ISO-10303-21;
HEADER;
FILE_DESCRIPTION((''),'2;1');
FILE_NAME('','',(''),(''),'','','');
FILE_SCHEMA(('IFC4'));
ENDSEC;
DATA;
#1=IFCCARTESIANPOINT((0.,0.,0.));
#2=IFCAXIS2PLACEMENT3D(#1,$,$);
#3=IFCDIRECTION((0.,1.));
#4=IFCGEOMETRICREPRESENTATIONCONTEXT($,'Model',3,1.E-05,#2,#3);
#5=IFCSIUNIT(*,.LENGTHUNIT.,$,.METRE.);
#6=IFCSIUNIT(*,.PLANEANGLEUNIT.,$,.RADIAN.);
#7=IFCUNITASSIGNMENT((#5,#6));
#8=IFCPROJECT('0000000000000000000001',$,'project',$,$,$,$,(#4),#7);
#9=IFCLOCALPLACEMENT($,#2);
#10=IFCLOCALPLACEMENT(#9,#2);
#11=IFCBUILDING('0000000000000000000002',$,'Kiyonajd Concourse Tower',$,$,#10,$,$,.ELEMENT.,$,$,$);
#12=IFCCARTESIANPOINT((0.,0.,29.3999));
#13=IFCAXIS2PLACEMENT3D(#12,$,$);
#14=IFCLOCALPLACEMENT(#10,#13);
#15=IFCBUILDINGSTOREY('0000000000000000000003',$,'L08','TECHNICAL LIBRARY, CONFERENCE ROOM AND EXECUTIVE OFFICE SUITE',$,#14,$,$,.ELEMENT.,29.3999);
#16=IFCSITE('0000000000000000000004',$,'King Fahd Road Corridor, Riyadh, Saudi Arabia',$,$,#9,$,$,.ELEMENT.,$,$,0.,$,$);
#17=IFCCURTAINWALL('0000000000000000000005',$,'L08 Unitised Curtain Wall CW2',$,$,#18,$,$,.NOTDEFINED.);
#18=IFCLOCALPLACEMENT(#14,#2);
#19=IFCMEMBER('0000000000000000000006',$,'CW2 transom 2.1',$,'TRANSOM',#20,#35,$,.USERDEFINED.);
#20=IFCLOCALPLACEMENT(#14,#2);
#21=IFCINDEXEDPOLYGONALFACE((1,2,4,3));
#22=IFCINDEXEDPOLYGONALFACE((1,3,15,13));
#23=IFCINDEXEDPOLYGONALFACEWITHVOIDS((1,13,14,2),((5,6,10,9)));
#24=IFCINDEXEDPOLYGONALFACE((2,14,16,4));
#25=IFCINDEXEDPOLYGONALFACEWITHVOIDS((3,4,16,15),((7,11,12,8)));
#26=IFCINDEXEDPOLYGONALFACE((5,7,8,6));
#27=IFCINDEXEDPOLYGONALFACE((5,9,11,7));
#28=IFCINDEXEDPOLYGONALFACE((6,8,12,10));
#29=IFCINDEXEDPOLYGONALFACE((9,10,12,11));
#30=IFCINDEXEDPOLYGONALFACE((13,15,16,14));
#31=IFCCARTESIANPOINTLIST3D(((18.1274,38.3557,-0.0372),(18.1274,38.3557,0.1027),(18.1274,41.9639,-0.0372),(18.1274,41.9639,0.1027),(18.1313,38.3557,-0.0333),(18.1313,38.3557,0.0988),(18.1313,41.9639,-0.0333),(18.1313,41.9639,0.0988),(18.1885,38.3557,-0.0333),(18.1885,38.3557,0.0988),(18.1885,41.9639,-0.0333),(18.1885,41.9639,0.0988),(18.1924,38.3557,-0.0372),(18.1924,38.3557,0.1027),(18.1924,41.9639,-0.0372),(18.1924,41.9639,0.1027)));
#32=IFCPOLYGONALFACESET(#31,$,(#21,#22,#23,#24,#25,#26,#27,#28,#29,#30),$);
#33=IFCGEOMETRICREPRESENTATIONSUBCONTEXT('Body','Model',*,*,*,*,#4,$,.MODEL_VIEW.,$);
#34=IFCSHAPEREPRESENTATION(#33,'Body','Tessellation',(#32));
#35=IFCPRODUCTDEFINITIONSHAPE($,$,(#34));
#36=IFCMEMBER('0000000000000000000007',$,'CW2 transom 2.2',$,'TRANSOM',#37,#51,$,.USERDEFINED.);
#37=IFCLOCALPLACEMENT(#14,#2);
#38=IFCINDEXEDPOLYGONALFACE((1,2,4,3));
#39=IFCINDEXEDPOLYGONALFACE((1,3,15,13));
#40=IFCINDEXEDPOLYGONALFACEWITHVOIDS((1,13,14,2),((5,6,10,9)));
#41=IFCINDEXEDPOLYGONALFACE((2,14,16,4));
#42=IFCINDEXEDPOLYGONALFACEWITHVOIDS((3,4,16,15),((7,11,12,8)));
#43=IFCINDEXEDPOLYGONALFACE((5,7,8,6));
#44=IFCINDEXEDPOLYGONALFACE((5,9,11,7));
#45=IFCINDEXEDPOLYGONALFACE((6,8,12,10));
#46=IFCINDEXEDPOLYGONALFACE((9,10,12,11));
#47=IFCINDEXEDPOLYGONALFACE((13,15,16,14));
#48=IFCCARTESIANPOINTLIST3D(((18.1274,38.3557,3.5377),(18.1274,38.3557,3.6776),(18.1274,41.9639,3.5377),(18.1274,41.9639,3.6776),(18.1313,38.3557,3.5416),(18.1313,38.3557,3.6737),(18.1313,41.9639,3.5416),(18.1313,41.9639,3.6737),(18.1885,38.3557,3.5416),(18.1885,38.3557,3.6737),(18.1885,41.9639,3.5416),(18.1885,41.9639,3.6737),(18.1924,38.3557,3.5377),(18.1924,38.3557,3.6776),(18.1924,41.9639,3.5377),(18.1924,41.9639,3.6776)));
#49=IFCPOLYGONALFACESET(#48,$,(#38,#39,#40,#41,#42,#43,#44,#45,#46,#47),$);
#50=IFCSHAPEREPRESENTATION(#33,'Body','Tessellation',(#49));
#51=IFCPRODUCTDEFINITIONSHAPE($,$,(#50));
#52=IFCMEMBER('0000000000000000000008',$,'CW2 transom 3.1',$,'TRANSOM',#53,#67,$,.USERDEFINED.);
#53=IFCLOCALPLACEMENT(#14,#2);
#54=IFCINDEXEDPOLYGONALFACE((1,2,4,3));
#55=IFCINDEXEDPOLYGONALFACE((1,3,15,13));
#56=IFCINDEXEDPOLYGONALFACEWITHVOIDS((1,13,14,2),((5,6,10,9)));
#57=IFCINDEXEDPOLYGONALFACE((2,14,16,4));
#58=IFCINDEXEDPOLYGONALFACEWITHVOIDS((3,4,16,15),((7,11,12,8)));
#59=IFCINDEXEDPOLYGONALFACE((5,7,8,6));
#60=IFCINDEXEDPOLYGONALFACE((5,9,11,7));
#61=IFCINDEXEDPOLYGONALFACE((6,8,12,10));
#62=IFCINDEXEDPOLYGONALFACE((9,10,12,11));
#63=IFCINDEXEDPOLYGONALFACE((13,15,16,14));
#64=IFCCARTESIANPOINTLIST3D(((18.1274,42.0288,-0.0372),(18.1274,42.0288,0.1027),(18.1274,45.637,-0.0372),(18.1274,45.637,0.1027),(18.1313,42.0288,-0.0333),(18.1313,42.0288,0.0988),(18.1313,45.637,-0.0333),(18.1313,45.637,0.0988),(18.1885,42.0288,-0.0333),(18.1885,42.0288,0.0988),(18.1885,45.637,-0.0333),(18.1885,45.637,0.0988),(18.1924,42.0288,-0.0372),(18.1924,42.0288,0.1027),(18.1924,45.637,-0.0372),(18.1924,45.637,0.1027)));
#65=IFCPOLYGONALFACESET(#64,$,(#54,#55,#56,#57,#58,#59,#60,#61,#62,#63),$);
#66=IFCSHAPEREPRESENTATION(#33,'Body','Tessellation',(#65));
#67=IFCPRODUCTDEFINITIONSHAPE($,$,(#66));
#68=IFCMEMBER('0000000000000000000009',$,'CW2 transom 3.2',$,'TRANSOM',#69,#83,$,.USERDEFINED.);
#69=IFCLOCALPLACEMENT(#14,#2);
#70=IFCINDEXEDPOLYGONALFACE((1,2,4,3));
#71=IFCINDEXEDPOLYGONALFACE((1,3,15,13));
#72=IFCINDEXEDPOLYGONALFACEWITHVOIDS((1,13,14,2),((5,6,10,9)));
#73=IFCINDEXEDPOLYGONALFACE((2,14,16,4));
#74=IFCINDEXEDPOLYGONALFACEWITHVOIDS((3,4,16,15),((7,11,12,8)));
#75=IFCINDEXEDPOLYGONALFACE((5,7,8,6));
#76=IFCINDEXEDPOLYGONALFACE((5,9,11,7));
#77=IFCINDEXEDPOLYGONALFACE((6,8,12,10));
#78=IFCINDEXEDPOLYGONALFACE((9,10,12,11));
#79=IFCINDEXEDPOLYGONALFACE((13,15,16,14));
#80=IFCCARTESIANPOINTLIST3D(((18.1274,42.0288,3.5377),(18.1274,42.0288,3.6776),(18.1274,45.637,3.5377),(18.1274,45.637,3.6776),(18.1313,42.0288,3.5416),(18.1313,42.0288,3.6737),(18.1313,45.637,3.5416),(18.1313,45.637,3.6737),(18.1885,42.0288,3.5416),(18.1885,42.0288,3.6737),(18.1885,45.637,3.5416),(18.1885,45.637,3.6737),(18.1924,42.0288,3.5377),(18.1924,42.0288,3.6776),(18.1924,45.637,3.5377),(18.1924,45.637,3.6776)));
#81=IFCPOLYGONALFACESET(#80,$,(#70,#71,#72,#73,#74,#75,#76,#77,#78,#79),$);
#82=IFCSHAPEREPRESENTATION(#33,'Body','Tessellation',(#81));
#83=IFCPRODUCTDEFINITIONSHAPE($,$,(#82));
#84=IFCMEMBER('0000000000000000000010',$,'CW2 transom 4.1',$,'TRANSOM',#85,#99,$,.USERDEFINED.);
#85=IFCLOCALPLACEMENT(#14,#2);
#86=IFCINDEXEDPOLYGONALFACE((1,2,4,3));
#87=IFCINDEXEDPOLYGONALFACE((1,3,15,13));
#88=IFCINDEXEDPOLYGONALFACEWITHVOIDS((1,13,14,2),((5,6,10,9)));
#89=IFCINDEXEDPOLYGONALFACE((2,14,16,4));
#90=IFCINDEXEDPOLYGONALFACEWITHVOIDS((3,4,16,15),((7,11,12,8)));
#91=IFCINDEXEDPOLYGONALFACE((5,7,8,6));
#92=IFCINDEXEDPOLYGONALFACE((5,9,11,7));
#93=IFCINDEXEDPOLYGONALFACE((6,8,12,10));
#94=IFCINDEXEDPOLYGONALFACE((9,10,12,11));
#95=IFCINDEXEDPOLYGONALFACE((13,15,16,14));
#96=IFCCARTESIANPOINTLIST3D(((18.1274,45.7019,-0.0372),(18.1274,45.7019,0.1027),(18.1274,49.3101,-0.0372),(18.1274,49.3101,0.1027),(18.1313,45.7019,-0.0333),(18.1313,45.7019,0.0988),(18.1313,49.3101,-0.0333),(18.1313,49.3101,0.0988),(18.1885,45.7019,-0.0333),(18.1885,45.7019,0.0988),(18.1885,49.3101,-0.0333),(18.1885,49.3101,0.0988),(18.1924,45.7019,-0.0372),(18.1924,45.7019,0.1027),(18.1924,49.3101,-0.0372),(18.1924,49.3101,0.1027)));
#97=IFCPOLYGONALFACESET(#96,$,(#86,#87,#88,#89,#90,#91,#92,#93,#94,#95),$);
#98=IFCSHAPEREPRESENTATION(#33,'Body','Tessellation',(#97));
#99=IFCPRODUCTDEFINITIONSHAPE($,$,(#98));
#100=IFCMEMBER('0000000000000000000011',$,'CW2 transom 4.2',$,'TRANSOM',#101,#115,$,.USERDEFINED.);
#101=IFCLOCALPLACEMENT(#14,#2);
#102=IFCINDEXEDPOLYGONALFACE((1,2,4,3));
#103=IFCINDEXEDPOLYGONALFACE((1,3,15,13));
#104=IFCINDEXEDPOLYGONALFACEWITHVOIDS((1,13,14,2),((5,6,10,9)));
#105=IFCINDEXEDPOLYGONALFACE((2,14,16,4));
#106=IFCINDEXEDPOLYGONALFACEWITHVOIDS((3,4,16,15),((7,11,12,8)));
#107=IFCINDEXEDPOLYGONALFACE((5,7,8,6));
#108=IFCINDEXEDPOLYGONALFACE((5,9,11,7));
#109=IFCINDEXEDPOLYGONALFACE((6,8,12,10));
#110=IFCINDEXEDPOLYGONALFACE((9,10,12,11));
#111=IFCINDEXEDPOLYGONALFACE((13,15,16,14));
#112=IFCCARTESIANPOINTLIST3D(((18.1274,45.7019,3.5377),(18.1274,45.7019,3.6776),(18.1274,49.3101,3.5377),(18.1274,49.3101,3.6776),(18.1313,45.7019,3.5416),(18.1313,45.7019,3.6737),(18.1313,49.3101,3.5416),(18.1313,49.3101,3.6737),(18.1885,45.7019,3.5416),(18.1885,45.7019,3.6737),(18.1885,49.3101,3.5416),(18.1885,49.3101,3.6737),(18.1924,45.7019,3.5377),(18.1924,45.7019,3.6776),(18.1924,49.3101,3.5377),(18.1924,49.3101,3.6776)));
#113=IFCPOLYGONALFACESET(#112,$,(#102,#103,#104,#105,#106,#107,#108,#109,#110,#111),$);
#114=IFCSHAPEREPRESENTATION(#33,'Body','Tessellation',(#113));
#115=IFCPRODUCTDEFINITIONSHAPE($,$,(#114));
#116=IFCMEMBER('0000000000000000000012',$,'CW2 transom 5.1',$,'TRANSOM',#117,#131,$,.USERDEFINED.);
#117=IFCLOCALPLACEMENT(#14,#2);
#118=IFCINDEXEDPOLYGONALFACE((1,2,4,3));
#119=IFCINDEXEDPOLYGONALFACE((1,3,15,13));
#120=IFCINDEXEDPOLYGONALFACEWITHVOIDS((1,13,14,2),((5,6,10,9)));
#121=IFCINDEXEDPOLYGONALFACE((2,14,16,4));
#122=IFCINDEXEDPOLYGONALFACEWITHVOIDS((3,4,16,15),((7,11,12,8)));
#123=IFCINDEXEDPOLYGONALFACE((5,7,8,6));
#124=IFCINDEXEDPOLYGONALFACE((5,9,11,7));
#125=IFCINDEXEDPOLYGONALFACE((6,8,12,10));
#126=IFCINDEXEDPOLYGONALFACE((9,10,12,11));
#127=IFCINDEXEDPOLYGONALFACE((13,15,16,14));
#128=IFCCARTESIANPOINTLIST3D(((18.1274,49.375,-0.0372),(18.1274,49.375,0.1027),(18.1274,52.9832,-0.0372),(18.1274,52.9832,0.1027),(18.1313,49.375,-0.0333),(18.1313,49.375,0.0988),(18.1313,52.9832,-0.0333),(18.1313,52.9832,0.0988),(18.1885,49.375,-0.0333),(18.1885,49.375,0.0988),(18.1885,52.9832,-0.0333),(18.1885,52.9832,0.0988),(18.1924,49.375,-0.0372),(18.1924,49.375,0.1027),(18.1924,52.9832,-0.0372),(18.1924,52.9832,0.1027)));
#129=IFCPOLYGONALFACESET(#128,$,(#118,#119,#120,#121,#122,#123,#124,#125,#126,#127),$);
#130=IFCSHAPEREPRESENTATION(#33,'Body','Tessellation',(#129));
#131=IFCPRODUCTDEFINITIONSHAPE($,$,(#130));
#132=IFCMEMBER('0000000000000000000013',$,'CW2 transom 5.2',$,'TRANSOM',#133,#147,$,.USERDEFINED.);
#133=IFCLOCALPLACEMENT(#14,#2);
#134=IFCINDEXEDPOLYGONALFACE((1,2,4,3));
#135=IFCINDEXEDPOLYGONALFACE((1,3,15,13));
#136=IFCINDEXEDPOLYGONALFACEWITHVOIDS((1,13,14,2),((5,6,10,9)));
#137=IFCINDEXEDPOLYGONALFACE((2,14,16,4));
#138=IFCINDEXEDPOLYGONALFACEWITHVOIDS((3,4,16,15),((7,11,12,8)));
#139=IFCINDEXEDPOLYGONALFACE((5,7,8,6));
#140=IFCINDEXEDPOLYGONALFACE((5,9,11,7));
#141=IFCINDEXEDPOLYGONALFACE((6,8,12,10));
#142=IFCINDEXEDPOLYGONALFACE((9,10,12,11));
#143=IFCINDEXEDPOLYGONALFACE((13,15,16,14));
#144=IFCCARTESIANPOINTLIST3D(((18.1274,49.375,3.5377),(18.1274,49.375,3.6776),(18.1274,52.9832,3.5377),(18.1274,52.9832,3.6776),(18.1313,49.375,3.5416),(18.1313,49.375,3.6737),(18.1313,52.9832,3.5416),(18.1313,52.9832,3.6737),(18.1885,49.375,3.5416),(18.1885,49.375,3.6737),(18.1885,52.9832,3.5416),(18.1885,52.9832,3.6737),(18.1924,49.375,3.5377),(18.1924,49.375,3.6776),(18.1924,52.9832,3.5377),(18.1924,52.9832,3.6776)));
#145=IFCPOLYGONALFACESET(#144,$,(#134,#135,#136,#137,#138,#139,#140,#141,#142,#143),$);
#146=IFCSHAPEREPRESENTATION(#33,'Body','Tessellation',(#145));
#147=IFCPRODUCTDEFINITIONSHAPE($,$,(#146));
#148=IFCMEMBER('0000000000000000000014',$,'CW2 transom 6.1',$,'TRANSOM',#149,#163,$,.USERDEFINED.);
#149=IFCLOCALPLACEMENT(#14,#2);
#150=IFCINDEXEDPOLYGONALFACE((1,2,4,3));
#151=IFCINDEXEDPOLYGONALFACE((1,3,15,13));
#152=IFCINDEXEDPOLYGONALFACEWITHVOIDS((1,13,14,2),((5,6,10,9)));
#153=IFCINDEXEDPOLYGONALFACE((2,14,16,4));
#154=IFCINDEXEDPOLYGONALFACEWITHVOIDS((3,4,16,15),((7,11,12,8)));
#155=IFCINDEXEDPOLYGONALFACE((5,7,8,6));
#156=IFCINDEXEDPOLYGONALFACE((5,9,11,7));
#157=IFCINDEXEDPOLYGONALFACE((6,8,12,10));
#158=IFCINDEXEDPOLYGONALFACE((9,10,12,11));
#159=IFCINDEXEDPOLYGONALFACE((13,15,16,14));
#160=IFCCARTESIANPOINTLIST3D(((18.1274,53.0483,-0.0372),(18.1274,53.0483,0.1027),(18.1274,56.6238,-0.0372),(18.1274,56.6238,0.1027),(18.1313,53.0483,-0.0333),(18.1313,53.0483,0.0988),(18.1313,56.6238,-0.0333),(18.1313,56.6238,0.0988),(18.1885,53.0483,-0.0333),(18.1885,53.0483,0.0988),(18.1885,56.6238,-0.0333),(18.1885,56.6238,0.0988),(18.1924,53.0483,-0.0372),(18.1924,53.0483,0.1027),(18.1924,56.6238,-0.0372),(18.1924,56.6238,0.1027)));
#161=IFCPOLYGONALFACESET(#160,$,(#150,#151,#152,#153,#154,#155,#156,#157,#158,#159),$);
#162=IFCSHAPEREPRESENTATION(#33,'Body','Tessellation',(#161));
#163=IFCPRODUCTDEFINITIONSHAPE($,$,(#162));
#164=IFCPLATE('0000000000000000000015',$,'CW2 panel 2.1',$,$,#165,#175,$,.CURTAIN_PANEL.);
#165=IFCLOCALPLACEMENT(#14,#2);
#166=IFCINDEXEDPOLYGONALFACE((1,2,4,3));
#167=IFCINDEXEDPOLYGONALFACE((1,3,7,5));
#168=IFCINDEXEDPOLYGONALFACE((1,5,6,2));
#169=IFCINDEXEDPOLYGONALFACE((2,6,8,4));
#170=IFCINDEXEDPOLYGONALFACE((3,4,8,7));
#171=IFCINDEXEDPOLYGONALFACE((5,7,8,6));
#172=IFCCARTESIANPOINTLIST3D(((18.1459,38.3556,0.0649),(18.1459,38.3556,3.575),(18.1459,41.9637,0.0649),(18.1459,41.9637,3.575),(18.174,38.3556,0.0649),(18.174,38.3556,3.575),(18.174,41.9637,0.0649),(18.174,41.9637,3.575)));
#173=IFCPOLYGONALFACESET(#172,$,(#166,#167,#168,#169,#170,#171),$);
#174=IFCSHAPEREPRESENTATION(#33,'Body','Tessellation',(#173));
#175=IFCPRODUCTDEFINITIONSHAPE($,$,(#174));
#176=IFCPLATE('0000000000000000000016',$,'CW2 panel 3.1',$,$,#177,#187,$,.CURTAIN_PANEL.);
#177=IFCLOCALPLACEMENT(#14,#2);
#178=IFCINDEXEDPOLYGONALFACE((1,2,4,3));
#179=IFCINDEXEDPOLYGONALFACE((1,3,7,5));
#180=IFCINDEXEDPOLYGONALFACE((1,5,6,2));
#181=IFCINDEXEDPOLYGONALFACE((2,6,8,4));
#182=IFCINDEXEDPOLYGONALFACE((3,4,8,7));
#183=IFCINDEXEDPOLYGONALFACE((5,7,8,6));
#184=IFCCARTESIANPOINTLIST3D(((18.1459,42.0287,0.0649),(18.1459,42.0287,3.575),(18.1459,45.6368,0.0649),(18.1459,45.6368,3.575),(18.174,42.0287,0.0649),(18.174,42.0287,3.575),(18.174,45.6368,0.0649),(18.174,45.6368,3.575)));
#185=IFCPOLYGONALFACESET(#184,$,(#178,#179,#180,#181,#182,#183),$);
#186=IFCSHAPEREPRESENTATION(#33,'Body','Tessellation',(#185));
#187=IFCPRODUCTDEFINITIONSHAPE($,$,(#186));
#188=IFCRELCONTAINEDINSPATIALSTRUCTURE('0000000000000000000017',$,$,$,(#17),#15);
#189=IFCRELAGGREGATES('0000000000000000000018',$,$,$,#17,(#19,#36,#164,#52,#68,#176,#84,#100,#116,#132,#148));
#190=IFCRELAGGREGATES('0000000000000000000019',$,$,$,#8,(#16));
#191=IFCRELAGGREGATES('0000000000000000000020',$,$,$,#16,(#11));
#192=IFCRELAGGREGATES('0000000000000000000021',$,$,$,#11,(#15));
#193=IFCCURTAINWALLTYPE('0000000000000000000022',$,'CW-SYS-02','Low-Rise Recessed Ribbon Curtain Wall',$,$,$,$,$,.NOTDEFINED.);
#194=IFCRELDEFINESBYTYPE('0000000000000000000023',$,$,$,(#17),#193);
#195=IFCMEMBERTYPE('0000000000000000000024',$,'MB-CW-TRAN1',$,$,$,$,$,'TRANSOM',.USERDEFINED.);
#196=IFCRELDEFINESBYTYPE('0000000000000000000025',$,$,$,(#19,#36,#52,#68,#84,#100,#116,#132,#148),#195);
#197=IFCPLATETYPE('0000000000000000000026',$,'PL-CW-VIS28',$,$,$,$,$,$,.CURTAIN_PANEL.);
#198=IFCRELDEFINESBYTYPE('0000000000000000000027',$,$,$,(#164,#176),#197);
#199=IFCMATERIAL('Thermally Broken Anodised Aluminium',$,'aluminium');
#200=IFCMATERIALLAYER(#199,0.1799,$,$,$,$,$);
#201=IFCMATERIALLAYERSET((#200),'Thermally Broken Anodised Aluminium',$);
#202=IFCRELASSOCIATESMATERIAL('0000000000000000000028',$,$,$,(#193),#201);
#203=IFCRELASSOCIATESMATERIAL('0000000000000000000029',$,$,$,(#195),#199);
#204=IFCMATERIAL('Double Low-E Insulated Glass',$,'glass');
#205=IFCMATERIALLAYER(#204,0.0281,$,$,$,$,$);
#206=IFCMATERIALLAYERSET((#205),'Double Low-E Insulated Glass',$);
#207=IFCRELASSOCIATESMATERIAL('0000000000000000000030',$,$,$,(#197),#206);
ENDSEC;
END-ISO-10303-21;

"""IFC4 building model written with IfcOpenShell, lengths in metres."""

from ifc_helpers import new_model, si_unit, direction, frame, origin, origin_2d, place, context, subcontext, project, spatial, rectangle, hollow_rectangle, extrude, material, layer, layer_set, material_profile, profile_set, type_object, element, aggregate, save


model = new_model("IFC4")

# Units and contexts
model_context = context("Model", 3, precision=1e-05, world=origin(), true_north=direction((0.0, 1.0)))
body_context = subcontext(model_context, "Body", "Model", "MODEL_VIEW")
ifc_project = project(units=[si_unit("LENGTHUNIT", "METRE"), si_unit("PLANEANGLEUNIT", "RADIAN")], contexts=[model_context])

# Site, building, storey
site_placement = place(None, origin())
site = spatial("IfcSite", under=ifc_project, at=site_placement, Name="King Fahd Road Corridor, Riyadh, Saudi Arabia", CompositionType="ELEMENT", RefElevation=0.0)
building_placement = place(site_placement, origin())
building = spatial("IfcBuilding", under=site, at=building_placement, Name="Kiyonajd Concourse Tower", CompositionType="ELEMENT")
storey_placement = place(building_placement, frame((0.0, 0.0, 29.3999)))
storey = spatial("IfcBuildingStorey", under=building, at=storey_placement, Name="L08", Description="TECHNICAL LIBRARY, CONFERENCE ROOM AND EXECUTIVE OFFICE SUITE", CompositionType="ELEMENT", Elevation=29.3999)

# Curtain wall, members, plates
ifc_material_1 = material(Name="Thermally Broken Anodised Aluminium", Category="aluminium")
ifc_layer_1 = layer(ifc_material_1, 0.1799)
ifc_layer_set_1 = layer_set([ifc_layer_1], Name="Thermally Broken Anodised Aluminium")
curtain_wall_type = type_object("IfcCurtainWallType", Name="CW-SYS-02", Description="Low-Rise Recessed Ribbon Curtain Wall", PredefinedType="NOTDEFINED", material=ifc_layer_set_1)
curtain_wall_placement = place(storey_placement, origin())
curtain_wall = element("IfcCurtainWall", 1, at=curtain_wall_placement, inside=storey, type_object=curtain_wall_type, Name="L08 Unitised Curtain Wall CW2", PredefinedType="NOTDEFINED")
ifc_material_profile_1 = material_profile(ifc_material_1, hollow_rectangle(XDim=0.0649, YDim=0.1399, WallThickness=0.0039, at=origin_2d()), Name="TRAN-65x140")
ifc_profile_set_1 = profile_set([ifc_material_profile_1], Name="Thermally Broken Anodised Aluminium")
member_type_1 = type_object("IfcMemberType", Name="MB-CW-TRAN1", ElementType="TRANSOM", PredefinedType="USERDEFINED", material=ifc_profile_set_1)
member_1_placement = place(storey_placement, frame((18.1599, 38.3557, 0.0327), z_axis=(0.0, 1.0, 0.0), x_axis=(-1.0, 0.0, 0.0)))
member_1 = element("IfcMember", 2, at=member_1_placement, type_object=member_type_1, Name="CW2 transom 2.1", ObjectType="TRANSOM", PredefinedType="USERDEFINED", context=body_context, shape_type="SweptSolid", body=[
    extrude(hollow_rectangle(XDim=0.0649, YDim=0.1399, WallThickness=0.0039, at=origin_2d()), origin(), (0.0, 0.0, 1.0), 3.6082),
])
member_2_placement = place(storey_placement, frame((18.1599, 38.3557, 3.6077), z_axis=(0.0, 1.0, 0.0), x_axis=(-1.0, 0.0, 0.0)))
member_2 = element("IfcMember", 3, at=member_2_placement, type_object=member_type_1, Name="CW2 transom 2.2", ObjectType="TRANSOM", PredefinedType="USERDEFINED", context=body_context, shape_type="SweptSolid", body=[
    extrude(hollow_rectangle(XDim=0.0649, YDim=0.1399, WallThickness=0.0039, at=origin_2d()), origin(), (0.0, 0.0, 1.0), 3.6082),
])
member_3_placement = place(storey_placement, frame((18.1599, 42.0288, 0.0327), z_axis=(0.0, 1.0, 0.0), x_axis=(-1.0, 0.0, 0.0)))
member_3 = element("IfcMember", 4, at=member_3_placement, type_object=member_type_1, Name="CW2 transom 3.1", ObjectType="TRANSOM", PredefinedType="USERDEFINED", context=body_context, shape_type="SweptSolid", body=[
    extrude(hollow_rectangle(XDim=0.0649, YDim=0.1399, WallThickness=0.0039, at=origin_2d()), origin(), (0.0, 0.0, 1.0), 3.6082),
])
member_4_placement = place(storey_placement, frame((18.1599, 42.0288, 3.6077), z_axis=(0.0, 1.0, 0.0), x_axis=(-1.0, 0.0, 0.0)))
member_4 = element("IfcMember", 5, at=member_4_placement, type_object=member_type_1, Name="CW2 transom 3.2", ObjectType="TRANSOM", PredefinedType="USERDEFINED", context=body_context, shape_type="SweptSolid", body=[
    extrude(hollow_rectangle(XDim=0.0649, YDim=0.1399, WallThickness=0.0039, at=origin_2d()), origin(), (0.0, 0.0, 1.0), 3.6082),
])
member_5_placement = place(storey_placement, frame((18.1599, 45.7019, 0.0327), z_axis=(0.0, 1.0, 0.0), x_axis=(-1.0, 0.0, 0.0)))
member_5 = element("IfcMember", 6, at=member_5_placement, type_object=member_type_1, Name="CW2 transom 4.1", ObjectType="TRANSOM", PredefinedType="USERDEFINED", context=body_context, shape_type="SweptSolid", body=[
    extrude(hollow_rectangle(XDim=0.0649, YDim=0.1399, WallThickness=0.0039, at=origin_2d()), origin(), (0.0, 0.0, 1.0), 3.6082),
])
member_6_placement = place(storey_placement, frame((18.1599, 45.7019, 3.6077), z_axis=(0.0, 1.0, 0.0), x_axis=(-1.0, 0.0, 0.0)))
member_6 = element("IfcMember", 7, at=member_6_placement, type_object=member_type_1, Name="CW2 transom 4.2", ObjectType="TRANSOM", PredefinedType="USERDEFINED", context=body_context, shape_type="SweptSolid", body=[
    extrude(hollow_rectangle(XDim=0.0649, YDim=0.1399, WallThickness=0.0039, at=origin_2d()), origin(), (0.0, 0.0, 1.0), 3.6082),
])
member_7_placement = place(storey_placement, frame((18.1599, 49.375, 0.0327), z_axis=(0.0, 1.0, 0.0), x_axis=(-1.0, 0.0, 0.0)))
member_7 = element("IfcMember", 8, at=member_7_placement, type_object=member_type_1, Name="CW2 transom 5.1", ObjectType="TRANSOM", PredefinedType="USERDEFINED", context=body_context, shape_type="SweptSolid", body=[
    extrude(hollow_rectangle(XDim=0.0649, YDim=0.1399, WallThickness=0.0039, at=origin_2d()), origin(), (0.0, 0.0, 1.0), 3.6082),
])
member_8_placement = place(storey_placement, frame((18.1599, 49.375, 3.6077), z_axis=(0.0, 1.0, 0.0), x_axis=(-1.0, 0.0, 0.0)))
member_8 = element("IfcMember", 9, at=member_8_placement, type_object=member_type_1, Name="CW2 transom 5.2", ObjectType="TRANSOM", PredefinedType="USERDEFINED", context=body_context, shape_type="SweptSolid", body=[
    extrude(hollow_rectangle(XDim=0.0649, YDim=0.1399, WallThickness=0.0039, at=origin_2d()), origin(), (0.0, 0.0, 1.0), 3.6082),
])
member_9_placement = place(storey_placement, frame((18.1599, 53.0483, 0.0327), z_axis=(0.0, 1.0, 0.0), x_axis=(-1.0, 0.0, 0.0)))
member_9 = element("IfcMember", 10, at=member_9_placement, type_object=member_type_1, Name="CW2 transom 6.1", ObjectType="TRANSOM", PredefinedType="USERDEFINED", context=body_context, shape_type="SweptSolid", body=[
    extrude(hollow_rectangle(XDim=0.0649, YDim=0.1399, WallThickness=0.0039, at=origin_2d()), origin(), (0.0, 0.0, 1.0), 3.5754),
])
ifc_material_2 = material(Name="Double Low-E Insulated Glass", Category="glass")
ifc_layer_2 = layer(ifc_material_2, 0.0281)
ifc_layer_set_2 = layer_set([ifc_layer_2], Name="Double Low-E Insulated Glass")
plate_type = type_object("IfcPlateType", Name="PL-CW-VIS28", PredefinedType="CURTAIN_PANEL", material=ifc_layer_set_2)
plate_1_placement = place(storey_placement, frame((18.1599, 40.1597, 0.0649), z_axis=(0.0, 0.0, 1.0), x_axis=(0.0, 1.0, 0.0)))
plate_1 = element("IfcPlate", 11, at=plate_1_placement, type_object=plate_type, Name="CW2 panel 2.1", PredefinedType="CURTAIN_PANEL", context=body_context, shape_type="SweptSolid", body=[
    extrude(rectangle(XDim=3.6082, YDim=0.0281, at=origin_2d()), origin(), (0.0, 0.0, 1.0), 3.51),
])
plate_2_placement = place(storey_placement, frame((18.1599, 43.8328, 0.0649), z_axis=(0.0, 0.0, 1.0), x_axis=(0.0, 1.0, 0.0)))
plate_2 = element("IfcPlate", 12, at=plate_2_placement, type_object=plate_type, Name="CW2 panel 3.1", PredefinedType="CURTAIN_PANEL", context=body_context, shape_type="SweptSolid", body=[
    extrude(rectangle(XDim=3.6082, YDim=0.0281, at=origin_2d()), origin(), (0.0, 0.0, 1.0), 3.51),
])
aggregate(curtain_wall, [member_1, member_2, plate_1, member_3, member_4, plate_2, member_5, member_6, member_7, member_8, member_9])

save(model, "model.ifc")
